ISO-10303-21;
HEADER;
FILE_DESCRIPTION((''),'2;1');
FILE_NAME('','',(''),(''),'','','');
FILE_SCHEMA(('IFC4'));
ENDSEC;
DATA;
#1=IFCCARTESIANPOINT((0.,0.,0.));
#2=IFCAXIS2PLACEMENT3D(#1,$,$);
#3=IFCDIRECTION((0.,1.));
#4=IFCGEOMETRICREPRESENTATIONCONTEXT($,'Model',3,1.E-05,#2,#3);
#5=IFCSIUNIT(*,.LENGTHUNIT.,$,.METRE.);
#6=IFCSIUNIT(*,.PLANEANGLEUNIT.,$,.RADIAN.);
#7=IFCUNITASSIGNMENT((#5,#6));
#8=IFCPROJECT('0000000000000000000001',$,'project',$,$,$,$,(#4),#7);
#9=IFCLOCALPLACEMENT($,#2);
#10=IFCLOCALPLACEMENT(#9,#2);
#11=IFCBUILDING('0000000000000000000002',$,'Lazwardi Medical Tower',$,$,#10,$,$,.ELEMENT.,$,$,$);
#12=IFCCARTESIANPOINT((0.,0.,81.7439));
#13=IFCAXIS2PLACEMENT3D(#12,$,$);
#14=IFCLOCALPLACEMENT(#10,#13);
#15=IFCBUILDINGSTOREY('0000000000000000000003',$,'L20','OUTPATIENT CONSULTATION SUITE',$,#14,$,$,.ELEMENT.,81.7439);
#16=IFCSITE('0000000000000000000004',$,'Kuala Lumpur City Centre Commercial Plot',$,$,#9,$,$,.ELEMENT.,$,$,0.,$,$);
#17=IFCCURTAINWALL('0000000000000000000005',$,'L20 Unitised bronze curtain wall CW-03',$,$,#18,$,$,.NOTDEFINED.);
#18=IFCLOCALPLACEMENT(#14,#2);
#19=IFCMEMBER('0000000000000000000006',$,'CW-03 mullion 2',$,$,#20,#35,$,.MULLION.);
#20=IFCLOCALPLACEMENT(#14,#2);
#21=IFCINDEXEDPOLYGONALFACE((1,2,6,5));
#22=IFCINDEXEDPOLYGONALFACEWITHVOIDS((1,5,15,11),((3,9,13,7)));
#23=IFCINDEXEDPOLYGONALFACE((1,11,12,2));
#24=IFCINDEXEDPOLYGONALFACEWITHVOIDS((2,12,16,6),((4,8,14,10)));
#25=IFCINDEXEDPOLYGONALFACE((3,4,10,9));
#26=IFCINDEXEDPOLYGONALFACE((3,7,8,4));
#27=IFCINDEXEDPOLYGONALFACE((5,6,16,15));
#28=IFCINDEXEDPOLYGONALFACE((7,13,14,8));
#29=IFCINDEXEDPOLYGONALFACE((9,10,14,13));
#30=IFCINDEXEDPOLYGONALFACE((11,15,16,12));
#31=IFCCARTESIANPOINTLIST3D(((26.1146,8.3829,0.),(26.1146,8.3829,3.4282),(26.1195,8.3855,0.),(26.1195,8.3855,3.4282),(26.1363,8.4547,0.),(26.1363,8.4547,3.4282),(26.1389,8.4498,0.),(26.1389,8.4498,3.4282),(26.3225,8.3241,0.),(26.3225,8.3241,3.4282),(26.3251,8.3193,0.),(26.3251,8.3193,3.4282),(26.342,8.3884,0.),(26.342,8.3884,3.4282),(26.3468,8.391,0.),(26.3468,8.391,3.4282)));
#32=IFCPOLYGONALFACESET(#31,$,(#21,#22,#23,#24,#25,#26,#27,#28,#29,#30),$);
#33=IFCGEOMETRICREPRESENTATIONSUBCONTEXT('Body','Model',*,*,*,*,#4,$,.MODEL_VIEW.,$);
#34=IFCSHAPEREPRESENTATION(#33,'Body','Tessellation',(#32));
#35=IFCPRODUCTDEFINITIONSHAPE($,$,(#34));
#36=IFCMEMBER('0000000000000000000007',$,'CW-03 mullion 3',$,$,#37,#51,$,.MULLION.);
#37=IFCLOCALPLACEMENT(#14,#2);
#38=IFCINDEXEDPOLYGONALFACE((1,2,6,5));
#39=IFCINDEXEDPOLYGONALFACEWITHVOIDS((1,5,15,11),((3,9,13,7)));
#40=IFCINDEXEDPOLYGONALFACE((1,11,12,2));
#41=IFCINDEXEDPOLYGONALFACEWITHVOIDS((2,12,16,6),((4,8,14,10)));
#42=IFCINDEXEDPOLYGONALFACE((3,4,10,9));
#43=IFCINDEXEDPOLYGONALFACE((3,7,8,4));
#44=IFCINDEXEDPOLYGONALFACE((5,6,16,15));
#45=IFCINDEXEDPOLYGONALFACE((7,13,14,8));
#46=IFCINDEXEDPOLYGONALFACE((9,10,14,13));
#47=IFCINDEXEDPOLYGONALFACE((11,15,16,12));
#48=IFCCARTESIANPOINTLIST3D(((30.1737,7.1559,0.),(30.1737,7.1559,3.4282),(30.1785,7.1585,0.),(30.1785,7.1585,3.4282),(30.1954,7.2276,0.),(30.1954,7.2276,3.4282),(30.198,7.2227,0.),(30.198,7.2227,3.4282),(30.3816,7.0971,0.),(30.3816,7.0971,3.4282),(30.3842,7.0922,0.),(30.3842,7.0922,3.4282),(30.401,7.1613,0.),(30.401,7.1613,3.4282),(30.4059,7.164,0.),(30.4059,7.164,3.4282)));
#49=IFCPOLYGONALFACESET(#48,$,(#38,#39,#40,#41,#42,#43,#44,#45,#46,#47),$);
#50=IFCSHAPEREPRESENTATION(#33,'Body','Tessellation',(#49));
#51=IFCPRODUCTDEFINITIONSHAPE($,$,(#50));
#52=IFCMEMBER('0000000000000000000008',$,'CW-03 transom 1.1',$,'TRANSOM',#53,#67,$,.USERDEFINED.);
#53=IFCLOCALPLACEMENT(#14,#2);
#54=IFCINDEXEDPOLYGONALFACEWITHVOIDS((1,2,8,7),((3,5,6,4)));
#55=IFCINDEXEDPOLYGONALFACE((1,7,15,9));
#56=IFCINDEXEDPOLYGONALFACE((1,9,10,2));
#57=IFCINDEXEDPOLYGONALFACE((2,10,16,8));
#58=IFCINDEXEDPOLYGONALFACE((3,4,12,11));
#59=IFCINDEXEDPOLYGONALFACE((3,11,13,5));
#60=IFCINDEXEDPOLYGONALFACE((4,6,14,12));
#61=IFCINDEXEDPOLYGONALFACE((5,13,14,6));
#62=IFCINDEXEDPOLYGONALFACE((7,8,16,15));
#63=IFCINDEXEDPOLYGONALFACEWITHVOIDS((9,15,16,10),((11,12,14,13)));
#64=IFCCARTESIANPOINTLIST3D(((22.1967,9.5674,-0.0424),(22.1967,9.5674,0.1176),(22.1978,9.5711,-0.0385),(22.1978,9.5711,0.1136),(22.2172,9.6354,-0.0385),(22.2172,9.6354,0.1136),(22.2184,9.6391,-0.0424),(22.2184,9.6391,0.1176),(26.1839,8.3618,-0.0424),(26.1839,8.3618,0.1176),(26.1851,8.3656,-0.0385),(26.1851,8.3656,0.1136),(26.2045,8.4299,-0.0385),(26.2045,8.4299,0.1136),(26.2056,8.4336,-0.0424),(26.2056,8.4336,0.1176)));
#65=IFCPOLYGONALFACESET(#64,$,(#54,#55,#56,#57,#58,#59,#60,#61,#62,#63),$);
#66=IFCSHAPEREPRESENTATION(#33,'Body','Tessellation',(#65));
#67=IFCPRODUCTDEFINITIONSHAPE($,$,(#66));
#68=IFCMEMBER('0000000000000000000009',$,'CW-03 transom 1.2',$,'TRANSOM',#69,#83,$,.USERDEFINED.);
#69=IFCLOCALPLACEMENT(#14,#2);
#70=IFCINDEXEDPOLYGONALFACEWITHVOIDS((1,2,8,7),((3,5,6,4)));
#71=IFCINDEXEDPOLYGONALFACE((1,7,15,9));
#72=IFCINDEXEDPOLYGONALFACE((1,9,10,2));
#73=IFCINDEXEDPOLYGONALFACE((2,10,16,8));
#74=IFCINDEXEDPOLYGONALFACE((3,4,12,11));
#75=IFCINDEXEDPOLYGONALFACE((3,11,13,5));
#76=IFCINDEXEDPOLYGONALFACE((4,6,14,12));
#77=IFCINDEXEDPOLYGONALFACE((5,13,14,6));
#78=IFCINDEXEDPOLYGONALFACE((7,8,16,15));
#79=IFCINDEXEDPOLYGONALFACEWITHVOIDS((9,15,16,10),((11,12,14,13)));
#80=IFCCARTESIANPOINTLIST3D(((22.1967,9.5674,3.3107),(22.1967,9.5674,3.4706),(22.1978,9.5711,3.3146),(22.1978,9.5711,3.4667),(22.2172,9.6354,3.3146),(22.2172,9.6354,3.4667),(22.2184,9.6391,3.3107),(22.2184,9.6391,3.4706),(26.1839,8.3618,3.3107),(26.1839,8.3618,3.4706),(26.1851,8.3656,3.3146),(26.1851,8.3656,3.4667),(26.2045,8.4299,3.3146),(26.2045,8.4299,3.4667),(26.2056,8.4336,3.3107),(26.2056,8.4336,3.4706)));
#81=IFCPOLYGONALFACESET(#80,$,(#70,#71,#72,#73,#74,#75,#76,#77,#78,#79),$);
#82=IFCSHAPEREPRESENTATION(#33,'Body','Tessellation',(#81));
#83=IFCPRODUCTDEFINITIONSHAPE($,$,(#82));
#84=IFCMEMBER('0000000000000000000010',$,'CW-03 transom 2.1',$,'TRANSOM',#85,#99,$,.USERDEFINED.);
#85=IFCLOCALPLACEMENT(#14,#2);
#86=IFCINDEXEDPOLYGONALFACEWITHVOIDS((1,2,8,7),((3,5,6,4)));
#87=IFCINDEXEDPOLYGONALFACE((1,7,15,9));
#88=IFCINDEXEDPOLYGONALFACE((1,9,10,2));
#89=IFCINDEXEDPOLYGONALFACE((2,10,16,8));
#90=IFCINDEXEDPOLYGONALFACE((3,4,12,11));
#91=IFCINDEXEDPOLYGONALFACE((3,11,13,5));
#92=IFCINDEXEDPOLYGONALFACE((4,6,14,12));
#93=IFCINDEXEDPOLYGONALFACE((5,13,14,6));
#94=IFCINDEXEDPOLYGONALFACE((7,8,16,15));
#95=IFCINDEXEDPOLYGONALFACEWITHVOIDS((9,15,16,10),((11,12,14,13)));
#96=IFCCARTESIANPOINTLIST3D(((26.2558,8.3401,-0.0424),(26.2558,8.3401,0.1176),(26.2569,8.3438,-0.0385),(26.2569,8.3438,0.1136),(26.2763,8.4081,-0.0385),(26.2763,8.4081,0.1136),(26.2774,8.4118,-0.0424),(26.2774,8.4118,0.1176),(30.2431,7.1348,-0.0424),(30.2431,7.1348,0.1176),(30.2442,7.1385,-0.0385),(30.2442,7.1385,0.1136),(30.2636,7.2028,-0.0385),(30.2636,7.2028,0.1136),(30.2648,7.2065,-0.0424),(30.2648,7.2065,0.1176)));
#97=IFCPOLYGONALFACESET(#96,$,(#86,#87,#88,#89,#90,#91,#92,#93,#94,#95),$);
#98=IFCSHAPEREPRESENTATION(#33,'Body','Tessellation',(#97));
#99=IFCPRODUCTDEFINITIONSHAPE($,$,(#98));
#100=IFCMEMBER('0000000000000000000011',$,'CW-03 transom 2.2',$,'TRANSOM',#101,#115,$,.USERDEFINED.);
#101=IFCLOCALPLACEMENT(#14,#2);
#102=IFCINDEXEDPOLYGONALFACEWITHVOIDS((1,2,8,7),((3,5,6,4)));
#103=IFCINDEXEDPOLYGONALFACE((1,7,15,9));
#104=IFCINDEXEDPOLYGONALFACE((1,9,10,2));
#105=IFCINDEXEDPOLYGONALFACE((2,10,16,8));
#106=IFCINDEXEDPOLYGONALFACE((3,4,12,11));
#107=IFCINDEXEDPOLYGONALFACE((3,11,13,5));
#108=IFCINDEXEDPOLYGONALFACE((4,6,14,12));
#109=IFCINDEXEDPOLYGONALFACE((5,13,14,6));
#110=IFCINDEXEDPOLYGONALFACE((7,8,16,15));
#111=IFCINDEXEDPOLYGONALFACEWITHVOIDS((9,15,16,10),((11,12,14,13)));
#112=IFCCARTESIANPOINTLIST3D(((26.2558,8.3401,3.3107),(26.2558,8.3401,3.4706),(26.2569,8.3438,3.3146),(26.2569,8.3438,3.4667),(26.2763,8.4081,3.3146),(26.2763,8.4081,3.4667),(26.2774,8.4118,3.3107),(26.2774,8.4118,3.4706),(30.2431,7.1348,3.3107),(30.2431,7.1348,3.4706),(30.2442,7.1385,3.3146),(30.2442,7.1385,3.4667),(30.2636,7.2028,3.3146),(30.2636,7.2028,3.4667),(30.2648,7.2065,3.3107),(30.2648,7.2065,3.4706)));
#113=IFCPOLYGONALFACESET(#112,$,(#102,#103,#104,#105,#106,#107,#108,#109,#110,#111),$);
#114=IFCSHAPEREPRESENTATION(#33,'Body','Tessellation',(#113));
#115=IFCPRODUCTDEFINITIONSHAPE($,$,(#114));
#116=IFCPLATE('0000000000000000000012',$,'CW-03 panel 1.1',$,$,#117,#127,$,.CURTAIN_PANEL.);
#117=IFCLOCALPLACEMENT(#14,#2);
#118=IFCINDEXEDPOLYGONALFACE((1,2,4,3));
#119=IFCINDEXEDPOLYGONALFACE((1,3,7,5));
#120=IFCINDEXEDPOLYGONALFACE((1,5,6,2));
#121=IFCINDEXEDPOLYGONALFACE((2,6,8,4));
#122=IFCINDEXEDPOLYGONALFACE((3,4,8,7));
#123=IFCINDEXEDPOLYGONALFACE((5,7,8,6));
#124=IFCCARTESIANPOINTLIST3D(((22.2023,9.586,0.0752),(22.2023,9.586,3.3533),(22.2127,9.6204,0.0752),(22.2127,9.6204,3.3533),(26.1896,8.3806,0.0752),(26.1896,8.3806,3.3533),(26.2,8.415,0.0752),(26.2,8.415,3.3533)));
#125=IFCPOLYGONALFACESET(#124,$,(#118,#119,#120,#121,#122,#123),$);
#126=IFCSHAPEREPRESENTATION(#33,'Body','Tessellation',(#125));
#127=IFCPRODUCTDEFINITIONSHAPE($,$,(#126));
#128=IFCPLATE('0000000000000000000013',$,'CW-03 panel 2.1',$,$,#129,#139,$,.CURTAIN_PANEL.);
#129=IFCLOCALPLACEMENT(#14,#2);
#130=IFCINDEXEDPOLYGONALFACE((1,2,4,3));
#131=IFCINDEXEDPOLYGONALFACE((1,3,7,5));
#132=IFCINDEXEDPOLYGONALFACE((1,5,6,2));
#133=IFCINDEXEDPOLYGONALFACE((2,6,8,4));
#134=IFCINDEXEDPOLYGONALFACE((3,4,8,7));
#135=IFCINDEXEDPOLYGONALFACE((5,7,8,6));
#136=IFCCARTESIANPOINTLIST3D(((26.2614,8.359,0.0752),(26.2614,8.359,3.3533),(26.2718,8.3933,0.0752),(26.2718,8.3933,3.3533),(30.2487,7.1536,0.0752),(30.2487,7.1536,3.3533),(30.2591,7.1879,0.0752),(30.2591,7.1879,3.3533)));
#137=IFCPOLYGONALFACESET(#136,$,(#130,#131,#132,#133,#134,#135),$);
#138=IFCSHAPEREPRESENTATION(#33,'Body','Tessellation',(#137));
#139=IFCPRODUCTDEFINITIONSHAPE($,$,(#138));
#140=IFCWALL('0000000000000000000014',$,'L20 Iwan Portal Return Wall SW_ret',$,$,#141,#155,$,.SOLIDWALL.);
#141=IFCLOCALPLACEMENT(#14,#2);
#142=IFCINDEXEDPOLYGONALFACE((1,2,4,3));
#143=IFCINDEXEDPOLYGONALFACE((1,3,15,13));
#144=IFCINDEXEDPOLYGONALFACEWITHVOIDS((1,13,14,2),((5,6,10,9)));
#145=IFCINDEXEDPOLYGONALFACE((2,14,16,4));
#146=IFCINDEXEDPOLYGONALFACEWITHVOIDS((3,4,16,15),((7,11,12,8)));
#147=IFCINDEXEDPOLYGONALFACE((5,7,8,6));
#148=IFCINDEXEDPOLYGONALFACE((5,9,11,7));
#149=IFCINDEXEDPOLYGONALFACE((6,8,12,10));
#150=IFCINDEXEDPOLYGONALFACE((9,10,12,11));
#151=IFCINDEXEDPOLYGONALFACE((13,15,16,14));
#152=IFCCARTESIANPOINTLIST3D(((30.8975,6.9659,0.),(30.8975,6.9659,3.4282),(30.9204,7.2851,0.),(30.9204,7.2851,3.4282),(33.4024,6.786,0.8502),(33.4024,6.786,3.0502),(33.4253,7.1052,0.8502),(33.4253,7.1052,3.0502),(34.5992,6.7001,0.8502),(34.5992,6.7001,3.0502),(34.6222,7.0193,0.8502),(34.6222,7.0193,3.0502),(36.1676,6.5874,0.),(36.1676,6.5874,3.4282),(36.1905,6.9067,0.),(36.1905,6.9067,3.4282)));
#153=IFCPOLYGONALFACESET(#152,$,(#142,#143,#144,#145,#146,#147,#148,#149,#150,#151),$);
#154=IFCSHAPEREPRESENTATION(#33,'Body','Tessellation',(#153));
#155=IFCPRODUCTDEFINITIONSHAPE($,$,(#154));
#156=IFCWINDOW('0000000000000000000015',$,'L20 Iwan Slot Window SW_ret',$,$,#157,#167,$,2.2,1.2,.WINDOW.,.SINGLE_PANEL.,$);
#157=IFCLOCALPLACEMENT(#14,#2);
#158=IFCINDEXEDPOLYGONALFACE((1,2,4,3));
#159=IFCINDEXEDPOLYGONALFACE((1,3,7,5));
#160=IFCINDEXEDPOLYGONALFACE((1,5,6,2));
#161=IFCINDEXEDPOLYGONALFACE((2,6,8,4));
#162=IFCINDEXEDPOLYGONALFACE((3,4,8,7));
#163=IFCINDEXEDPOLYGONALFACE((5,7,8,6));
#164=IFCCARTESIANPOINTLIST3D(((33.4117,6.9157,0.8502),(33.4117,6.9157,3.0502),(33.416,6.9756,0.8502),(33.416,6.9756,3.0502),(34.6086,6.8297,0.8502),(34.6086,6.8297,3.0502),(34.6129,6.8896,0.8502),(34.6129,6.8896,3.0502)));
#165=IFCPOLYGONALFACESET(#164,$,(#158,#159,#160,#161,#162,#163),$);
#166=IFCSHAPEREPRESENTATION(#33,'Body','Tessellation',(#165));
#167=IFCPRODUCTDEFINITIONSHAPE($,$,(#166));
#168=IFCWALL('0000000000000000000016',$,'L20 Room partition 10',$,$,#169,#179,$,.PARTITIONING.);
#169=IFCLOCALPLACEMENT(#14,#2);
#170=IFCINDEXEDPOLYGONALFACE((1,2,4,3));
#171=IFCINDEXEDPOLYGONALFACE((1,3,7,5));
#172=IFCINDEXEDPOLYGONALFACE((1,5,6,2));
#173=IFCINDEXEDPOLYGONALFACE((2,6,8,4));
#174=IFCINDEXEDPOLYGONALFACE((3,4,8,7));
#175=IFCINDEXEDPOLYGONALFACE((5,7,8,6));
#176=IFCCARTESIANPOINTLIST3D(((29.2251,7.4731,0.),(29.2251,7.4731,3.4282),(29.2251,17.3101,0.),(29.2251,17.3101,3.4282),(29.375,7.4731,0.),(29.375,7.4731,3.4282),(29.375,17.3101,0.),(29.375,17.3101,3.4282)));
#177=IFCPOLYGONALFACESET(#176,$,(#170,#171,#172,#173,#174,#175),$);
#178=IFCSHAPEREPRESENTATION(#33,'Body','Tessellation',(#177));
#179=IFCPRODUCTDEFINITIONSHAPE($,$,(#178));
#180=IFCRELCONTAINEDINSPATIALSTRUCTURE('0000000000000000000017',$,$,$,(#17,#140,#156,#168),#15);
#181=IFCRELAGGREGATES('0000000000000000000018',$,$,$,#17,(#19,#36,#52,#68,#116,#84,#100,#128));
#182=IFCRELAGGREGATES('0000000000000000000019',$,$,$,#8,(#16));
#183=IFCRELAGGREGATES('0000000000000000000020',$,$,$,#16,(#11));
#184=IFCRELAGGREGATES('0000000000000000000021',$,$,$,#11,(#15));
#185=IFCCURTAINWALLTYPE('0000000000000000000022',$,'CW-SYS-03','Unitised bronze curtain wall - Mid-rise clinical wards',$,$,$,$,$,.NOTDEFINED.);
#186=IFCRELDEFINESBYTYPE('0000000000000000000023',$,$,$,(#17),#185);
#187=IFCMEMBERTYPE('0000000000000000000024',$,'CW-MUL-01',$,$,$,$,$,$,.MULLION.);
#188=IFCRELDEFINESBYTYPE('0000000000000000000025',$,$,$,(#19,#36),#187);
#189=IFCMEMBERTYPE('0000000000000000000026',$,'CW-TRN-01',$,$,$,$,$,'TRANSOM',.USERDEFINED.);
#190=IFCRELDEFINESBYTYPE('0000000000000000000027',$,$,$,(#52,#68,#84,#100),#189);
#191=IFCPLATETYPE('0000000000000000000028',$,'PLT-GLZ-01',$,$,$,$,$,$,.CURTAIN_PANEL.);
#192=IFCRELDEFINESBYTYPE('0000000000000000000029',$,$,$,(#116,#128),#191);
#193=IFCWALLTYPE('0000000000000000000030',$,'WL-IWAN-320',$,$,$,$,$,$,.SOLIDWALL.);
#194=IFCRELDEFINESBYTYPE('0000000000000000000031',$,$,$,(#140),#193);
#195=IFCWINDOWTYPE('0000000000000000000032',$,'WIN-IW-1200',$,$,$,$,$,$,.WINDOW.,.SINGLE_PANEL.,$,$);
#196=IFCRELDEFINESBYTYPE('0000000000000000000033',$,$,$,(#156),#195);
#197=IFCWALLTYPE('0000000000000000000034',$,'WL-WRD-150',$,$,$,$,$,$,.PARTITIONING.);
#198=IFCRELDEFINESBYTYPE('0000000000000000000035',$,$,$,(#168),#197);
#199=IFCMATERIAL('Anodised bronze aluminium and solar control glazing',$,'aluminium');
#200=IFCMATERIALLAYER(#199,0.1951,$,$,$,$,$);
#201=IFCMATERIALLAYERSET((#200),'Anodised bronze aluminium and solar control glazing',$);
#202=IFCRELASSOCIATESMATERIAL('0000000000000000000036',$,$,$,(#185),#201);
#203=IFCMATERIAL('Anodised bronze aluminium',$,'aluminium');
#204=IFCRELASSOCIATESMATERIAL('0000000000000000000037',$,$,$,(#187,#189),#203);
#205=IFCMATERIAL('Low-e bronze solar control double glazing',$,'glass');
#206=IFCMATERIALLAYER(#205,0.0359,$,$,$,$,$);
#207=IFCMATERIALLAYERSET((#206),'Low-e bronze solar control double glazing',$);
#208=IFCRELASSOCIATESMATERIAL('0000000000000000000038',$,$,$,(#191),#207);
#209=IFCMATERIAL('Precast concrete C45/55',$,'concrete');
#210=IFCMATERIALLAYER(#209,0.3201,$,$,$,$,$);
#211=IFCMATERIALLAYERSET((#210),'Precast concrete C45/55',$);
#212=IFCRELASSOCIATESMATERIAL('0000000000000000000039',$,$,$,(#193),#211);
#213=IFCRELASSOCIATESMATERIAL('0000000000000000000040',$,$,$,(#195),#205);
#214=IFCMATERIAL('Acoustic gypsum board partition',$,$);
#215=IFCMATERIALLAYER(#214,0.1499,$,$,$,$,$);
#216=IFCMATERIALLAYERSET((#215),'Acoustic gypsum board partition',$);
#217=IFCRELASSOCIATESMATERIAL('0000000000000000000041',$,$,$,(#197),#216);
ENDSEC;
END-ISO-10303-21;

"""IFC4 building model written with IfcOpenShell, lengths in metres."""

from ifc_helpers import new_model, si_unit, direction, frame, frame_2d, origin, origin_2d, place, context, subcontext, project, spatial, rectangle, hollow_rectangle, extrude, material, layer, layer_set, material_profile, profile_set, type_object, element, fill, aggregate, save


model = new_model("IFC4")

# Units and contexts
model_context = context("Model", 3, precision=1e-05, world=origin(), true_north=direction((0.0, 1.0)))
body_context = subcontext(model_context, "Body", "Model", "MODEL_VIEW")
ifc_project = project(units=[si_unit("LENGTHUNIT", "METRE"), si_unit("PLANEANGLEUNIT", "RADIAN")], contexts=[model_context])

# Site, building, storey
site_placement = place(None, origin())
site = spatial("IfcSite", under=ifc_project, at=site_placement, Name="Kuala Lumpur City Centre Commercial Plot", CompositionType="ELEMENT", RefElevation=0.0)
building_placement = place(site_placement, origin())
building = spatial("IfcBuilding", under=site, at=building_placement, Name="Lazwardi Medical Tower", CompositionType="ELEMENT")
storey_placement = place(building_placement, frame((0.0, 0.0, 81.7439)))
storey = spatial("IfcBuildingStorey", under=building, at=storey_placement, Name="L20", Description="OUTPATIENT CONSULTATION SUITE", CompositionType="ELEMENT", Elevation=81.7439)

# Shared definitions
ifc_material_1 = material(Name="Anodised bronze aluminium and solar control glazing", Category="aluminium")
ifc_layer_1 = layer(ifc_material_1, 0.1951)
ifc_layer_set_1 = layer_set([ifc_layer_1], Name="Anodised bronze aluminium and solar control glazing")
curtain_wall_type = type_object("IfcCurtainWallType", Name="CW-SYS-03", Description="Unitised bronze curtain wall - Mid-rise clinical wards", PredefinedType="NOTDEFINED", material=ifc_layer_set_1)
ifc_material_2 = material(Name="Anodised bronze aluminium", Category="aluminium")
ifc_material_profile_1 = material_profile(ifc_material_2, hollow_rectangle(XDim=0.075, YDim=0.22, WallThickness=0.0039, at=origin_2d()), Name="ALU-MULLION 220x75x4")
ifc_profile_set_1 = profile_set([ifc_material_profile_1], Name="Anodised bronze aluminium")
member_type_1 = type_object("IfcMemberType", Name="CW-MUL-01", PredefinedType="MULLION", material=ifc_profile_set_1)

# Curtain wall, members, plates
curtain_wall_1_placement = place(storey_placement, origin())
curtain_wall_1 = element("IfcCurtainWall", 1, at=curtain_wall_1_placement, inside=storey, type_object=curtain_wall_type, Name="L20 Unitised bronze curtain wall CW-03", PredefinedType="NOTDEFINED")
member_1_placement = place(storey_placement, frame((26.2307, 8.387, 0.0), z_axis=(0.0, 0.0, 1.0), x_axis=(0.289374, 0.957216, 0.0)))
member_1 = element("IfcMember", 2, at=member_1_placement, type_object=member_type_1, Name="CW-03 mullion 2", PredefinedType="MULLION", context=body_context, shape_type="SweptSolid", body=[
    extrude(hollow_rectangle(XDim=0.075, YDim=0.22, WallThickness=0.0039, at=origin_2d()), origin(), (0.0, 0.0, 1.0), 3.4282),
])
member_2_placement = place(storey_placement, frame((30.2898, 7.1599, 0.0), z_axis=(0.0, 0.0, 1.0), x_axis=(0.289374, 0.957216, 0.0)))
member_2 = element("IfcMember", 3, at=member_2_placement, type_object=member_type_1, Name="CW-03 mullion 3", PredefinedType="MULLION", context=body_context, shape_type="SweptSolid", body=[
    extrude(hollow_rectangle(XDim=0.075, YDim=0.22, WallThickness=0.0039, at=origin_2d()), origin(), (0.0, 0.0, 1.0), 3.4282),
])
ifc_material_profile_2 = material_profile(ifc_material_2, hollow_rectangle(XDim=0.075, YDim=0.1599, WallThickness=0.0039, at=origin_2d()), Name="ALU-TRANSOM 160x75x4")
ifc_profile_set_2 = profile_set([ifc_material_profile_2], Name="Anodised bronze aluminium")
member_type_2 = type_object("IfcMemberType", Name="CW-TRN-01", ElementType="TRANSOM", PredefinedType="USERDEFINED", material=ifc_profile_set_2)
member_3_placement = place(storey_placement, frame((22.2075, 9.6033, 0.0376), z_axis=(0.957205, -0.289412, 0.0), x_axis=(0.289412, 0.957205, 0.0)))
member_3 = element("IfcMember", 4, at=member_3_placement, type_object=member_type_2, Name="CW-03 transom 1.1", ObjectType="TRANSOM", PredefinedType="USERDEFINED", context=body_context, shape_type="SweptSolid", body=[
    extrude(hollow_rectangle(XDim=0.075, YDim=0.1599, WallThickness=0.0039, at=origin_2d()), origin(), (0.0, 0.0, 1.0), 4.1655),
])
member_4_placement = place(storey_placement, frame((22.2075, 9.6033, 3.3906), z_axis=(0.957205, -0.289412, 0.0), x_axis=(0.289412, 0.957205, 0.0)))
member_4 = element("IfcMember", 5, at=member_4_placement, type_object=member_type_2, Name="CW-03 transom 1.2", ObjectType="TRANSOM", PredefinedType="USERDEFINED", context=body_context, shape_type="SweptSolid", body=[
    extrude(hollow_rectangle(XDim=0.075, YDim=0.1599, WallThickness=0.0039, at=origin_2d()), origin(), (0.0, 0.0, 1.0), 4.1655),
])
member_5_placement = place(storey_placement, frame((26.2666, 8.376, 0.0376), z_axis=(0.957221, -0.289358, 0.0), x_axis=(0.289358, 0.957221, 0.0)))
member_5 = element("IfcMember", 6, at=member_5_placement, type_object=member_type_2, Name="CW-03 transom 2.1", ObjectType="TRANSOM", PredefinedType="USERDEFINED", context=body_context, shape_type="SweptSolid", body=[
    extrude(hollow_rectangle(XDim=0.075, YDim=0.1599, WallThickness=0.0039, at=origin_2d()), origin(), (0.0, 0.0, 1.0), 4.1655),
])
member_6_placement = place(storey_placement, frame((26.2666, 8.376, 3.3906), z_axis=(0.957221, -0.289358, 0.0), x_axis=(0.289358, 0.957221, 0.0)))
member_6 = element("IfcMember", 7, at=member_6_placement, type_object=member_type_2, Name="CW-03 transom 2.2", ObjectType="TRANSOM", PredefinedType="USERDEFINED", context=body_context, shape_type="SweptSolid", body=[
    extrude(hollow_rectangle(XDim=0.075, YDim=0.1599, WallThickness=0.0039, at=origin_2d()), origin(), (0.0, 0.0, 1.0), 4.1655),
])
ifc_material_3 = material(Name="Low-e bronze solar control double glazing", Category="glass")
ifc_layer_2 = layer(ifc_material_3, 0.0359)
ifc_layer_set_2 = layer_set([ifc_layer_2], Name="Low-e bronze solar control double glazing")
plate_type = type_object("IfcPlateType", Name="PLT-GLZ-01", PredefinedType="CURTAIN_PANEL", material=ifc_layer_set_2)
plate_1_placement = place(storey_placement, frame((24.2012, 9.0005, 0.0752), z_axis=(0.0, 0.0, 1.0), x_axis=(0.957216, -0.289374, 0.0)))
plate_1 = element("IfcPlate", 8, at=plate_1_placement, type_object=plate_type, Name="CW-03 panel 1.1", PredefinedType="CURTAIN_PANEL", context=body_context, shape_type="SweptSolid", body=[
    extrude(rectangle(XDim=4.1655, YDim=0.0359, at=origin_2d()), origin(), (0.0, 0.0, 1.0), 3.2781),
])
plate_2_placement = place(storey_placement, frame((28.2603, 7.7734, 0.0752), z_axis=(0.0, 0.0, 1.0), x_axis=(0.957216, -0.289374, 0.0)))
plate_2 = element("IfcPlate", 9, at=plate_2_placement, type_object=plate_type, Name="CW-03 panel 2.1", PredefinedType="CURTAIN_PANEL", context=body_context, shape_type="SweptSolid", body=[
    extrude(rectangle(XDim=4.1655, YDim=0.0359, at=origin_2d()), origin(), (0.0, 0.0, 1.0), 3.2781),
])
aggregate(curtain_wall_1, [member_1, member_2, member_3, member_4, plate_1, member_5, member_6, plate_2])

# Wall, opening, window
ifc_material_4 = material(Name="Precast concrete C45/55", Category="concrete")
ifc_layer_3 = layer(ifc_material_4, 0.3201)
ifc_layer_set_3 = layer_set([ifc_layer_3], Name="Precast concrete C45/55")
wall_type_1 = type_object("IfcWallType", Name="WL-IWAN-320", PredefinedType="SOLIDWALL", material=ifc_layer_set_3)
wall_1_placement = place(storey_placement, frame((30.9089, 7.1255, 0.0), z_axis=(0.0, 0.0, 1.0), x_axis=(0.997432, -0.071621, 0.0)))
wall_1 = element("IfcWall", 10, at=wall_1_placement, inside=storey, type_object=wall_type_1, Name="L20 Iwan Portal Return Wall SW_ret", PredefinedType="SOLIDWALL", context=body_context, shape_type="SweptSolid", body=[
    extrude(rectangle(XDim=5.2837, YDim=0.3201, at=frame_2d((2.6418, 0.0))), origin(), (0.0, 0.0, 1.0), 3.4282),
])
opening_placement = place(wall_1_placement, frame((2.5112, 0.0, 0.8501)))
opening = element("IfcOpeningElement", 11, at=opening_placement, cuts=wall_1, PredefinedType="OPENING", context=body_context, shape_type="SweptSolid", body=[
    extrude(rectangle(XDim=1.2, YDim=2.2, at=frame_2d((0.6001, 1.1001))), frame((0.0, 0.1699, 0.0), z_axis=(0.0, -1.0, 0.0), x_axis=(1.0, 0.0, 0.0)), (0.0, 0.0, 1.0), 0.3401),
])
window_type = type_object("IfcWindowType", Name="WIN-IW-1200", PartitioningType="SINGLE_PANEL", PredefinedType="WINDOW", material=ifc_material_3)
window_placement = place(opening_placement, origin())
window = element("IfcWindow", 12, at=window_placement, inside=storey, type_object=window_type, Name="L20 Iwan Slot Window SW_ret", OverallHeight=2.2, OverallWidth=1.2, PartitioningType="SINGLE_PANEL", PredefinedType="WINDOW", context=body_context, shape_type="SweptSolid", body=[
    extrude(rectangle(XDim=1.2, YDim=2.2, at=frame_2d((0.6001, 1.1001))), frame((0.0, 0.03, 0.0), z_axis=(0.0, -1.0, 0.0), x_axis=(1.0, 0.0, 0.0)), (0.0, 0.0, 1.0), 0.0601),
])
fill(opening, window)

# Wall
ifc_material_5 = material(Name="Acoustic gypsum board partition")
ifc_layer_4 = layer(ifc_material_5, 0.1499)
ifc_layer_set_4 = layer_set([ifc_layer_4], Name="Acoustic gypsum board partition")
wall_type_2 = type_object("IfcWallType", Name="WL-WRD-150", PredefinedType="PARTITIONING", material=ifc_layer_set_4)
wall_2_placement = place(storey_placement, frame((29.3, 7.4731, 0.0), z_axis=(0.0, 0.0, 1.0), x_axis=(0.0, 1.0, 0.0)))
element("IfcWall", 13, at=wall_2_placement, inside=storey, type_object=wall_type_2, Name="L20 Room partition 10", PredefinedType="PARTITIONING", context=body_context, shape_type="SweptSolid", body=[
    extrude(rectangle(XDim=9.8369, YDim=0.1499, at=frame_2d((4.9185, 0.0))), origin(), (0.0, 0.0, 1.0), 3.4282),
])

save(model, "model.ifc")
